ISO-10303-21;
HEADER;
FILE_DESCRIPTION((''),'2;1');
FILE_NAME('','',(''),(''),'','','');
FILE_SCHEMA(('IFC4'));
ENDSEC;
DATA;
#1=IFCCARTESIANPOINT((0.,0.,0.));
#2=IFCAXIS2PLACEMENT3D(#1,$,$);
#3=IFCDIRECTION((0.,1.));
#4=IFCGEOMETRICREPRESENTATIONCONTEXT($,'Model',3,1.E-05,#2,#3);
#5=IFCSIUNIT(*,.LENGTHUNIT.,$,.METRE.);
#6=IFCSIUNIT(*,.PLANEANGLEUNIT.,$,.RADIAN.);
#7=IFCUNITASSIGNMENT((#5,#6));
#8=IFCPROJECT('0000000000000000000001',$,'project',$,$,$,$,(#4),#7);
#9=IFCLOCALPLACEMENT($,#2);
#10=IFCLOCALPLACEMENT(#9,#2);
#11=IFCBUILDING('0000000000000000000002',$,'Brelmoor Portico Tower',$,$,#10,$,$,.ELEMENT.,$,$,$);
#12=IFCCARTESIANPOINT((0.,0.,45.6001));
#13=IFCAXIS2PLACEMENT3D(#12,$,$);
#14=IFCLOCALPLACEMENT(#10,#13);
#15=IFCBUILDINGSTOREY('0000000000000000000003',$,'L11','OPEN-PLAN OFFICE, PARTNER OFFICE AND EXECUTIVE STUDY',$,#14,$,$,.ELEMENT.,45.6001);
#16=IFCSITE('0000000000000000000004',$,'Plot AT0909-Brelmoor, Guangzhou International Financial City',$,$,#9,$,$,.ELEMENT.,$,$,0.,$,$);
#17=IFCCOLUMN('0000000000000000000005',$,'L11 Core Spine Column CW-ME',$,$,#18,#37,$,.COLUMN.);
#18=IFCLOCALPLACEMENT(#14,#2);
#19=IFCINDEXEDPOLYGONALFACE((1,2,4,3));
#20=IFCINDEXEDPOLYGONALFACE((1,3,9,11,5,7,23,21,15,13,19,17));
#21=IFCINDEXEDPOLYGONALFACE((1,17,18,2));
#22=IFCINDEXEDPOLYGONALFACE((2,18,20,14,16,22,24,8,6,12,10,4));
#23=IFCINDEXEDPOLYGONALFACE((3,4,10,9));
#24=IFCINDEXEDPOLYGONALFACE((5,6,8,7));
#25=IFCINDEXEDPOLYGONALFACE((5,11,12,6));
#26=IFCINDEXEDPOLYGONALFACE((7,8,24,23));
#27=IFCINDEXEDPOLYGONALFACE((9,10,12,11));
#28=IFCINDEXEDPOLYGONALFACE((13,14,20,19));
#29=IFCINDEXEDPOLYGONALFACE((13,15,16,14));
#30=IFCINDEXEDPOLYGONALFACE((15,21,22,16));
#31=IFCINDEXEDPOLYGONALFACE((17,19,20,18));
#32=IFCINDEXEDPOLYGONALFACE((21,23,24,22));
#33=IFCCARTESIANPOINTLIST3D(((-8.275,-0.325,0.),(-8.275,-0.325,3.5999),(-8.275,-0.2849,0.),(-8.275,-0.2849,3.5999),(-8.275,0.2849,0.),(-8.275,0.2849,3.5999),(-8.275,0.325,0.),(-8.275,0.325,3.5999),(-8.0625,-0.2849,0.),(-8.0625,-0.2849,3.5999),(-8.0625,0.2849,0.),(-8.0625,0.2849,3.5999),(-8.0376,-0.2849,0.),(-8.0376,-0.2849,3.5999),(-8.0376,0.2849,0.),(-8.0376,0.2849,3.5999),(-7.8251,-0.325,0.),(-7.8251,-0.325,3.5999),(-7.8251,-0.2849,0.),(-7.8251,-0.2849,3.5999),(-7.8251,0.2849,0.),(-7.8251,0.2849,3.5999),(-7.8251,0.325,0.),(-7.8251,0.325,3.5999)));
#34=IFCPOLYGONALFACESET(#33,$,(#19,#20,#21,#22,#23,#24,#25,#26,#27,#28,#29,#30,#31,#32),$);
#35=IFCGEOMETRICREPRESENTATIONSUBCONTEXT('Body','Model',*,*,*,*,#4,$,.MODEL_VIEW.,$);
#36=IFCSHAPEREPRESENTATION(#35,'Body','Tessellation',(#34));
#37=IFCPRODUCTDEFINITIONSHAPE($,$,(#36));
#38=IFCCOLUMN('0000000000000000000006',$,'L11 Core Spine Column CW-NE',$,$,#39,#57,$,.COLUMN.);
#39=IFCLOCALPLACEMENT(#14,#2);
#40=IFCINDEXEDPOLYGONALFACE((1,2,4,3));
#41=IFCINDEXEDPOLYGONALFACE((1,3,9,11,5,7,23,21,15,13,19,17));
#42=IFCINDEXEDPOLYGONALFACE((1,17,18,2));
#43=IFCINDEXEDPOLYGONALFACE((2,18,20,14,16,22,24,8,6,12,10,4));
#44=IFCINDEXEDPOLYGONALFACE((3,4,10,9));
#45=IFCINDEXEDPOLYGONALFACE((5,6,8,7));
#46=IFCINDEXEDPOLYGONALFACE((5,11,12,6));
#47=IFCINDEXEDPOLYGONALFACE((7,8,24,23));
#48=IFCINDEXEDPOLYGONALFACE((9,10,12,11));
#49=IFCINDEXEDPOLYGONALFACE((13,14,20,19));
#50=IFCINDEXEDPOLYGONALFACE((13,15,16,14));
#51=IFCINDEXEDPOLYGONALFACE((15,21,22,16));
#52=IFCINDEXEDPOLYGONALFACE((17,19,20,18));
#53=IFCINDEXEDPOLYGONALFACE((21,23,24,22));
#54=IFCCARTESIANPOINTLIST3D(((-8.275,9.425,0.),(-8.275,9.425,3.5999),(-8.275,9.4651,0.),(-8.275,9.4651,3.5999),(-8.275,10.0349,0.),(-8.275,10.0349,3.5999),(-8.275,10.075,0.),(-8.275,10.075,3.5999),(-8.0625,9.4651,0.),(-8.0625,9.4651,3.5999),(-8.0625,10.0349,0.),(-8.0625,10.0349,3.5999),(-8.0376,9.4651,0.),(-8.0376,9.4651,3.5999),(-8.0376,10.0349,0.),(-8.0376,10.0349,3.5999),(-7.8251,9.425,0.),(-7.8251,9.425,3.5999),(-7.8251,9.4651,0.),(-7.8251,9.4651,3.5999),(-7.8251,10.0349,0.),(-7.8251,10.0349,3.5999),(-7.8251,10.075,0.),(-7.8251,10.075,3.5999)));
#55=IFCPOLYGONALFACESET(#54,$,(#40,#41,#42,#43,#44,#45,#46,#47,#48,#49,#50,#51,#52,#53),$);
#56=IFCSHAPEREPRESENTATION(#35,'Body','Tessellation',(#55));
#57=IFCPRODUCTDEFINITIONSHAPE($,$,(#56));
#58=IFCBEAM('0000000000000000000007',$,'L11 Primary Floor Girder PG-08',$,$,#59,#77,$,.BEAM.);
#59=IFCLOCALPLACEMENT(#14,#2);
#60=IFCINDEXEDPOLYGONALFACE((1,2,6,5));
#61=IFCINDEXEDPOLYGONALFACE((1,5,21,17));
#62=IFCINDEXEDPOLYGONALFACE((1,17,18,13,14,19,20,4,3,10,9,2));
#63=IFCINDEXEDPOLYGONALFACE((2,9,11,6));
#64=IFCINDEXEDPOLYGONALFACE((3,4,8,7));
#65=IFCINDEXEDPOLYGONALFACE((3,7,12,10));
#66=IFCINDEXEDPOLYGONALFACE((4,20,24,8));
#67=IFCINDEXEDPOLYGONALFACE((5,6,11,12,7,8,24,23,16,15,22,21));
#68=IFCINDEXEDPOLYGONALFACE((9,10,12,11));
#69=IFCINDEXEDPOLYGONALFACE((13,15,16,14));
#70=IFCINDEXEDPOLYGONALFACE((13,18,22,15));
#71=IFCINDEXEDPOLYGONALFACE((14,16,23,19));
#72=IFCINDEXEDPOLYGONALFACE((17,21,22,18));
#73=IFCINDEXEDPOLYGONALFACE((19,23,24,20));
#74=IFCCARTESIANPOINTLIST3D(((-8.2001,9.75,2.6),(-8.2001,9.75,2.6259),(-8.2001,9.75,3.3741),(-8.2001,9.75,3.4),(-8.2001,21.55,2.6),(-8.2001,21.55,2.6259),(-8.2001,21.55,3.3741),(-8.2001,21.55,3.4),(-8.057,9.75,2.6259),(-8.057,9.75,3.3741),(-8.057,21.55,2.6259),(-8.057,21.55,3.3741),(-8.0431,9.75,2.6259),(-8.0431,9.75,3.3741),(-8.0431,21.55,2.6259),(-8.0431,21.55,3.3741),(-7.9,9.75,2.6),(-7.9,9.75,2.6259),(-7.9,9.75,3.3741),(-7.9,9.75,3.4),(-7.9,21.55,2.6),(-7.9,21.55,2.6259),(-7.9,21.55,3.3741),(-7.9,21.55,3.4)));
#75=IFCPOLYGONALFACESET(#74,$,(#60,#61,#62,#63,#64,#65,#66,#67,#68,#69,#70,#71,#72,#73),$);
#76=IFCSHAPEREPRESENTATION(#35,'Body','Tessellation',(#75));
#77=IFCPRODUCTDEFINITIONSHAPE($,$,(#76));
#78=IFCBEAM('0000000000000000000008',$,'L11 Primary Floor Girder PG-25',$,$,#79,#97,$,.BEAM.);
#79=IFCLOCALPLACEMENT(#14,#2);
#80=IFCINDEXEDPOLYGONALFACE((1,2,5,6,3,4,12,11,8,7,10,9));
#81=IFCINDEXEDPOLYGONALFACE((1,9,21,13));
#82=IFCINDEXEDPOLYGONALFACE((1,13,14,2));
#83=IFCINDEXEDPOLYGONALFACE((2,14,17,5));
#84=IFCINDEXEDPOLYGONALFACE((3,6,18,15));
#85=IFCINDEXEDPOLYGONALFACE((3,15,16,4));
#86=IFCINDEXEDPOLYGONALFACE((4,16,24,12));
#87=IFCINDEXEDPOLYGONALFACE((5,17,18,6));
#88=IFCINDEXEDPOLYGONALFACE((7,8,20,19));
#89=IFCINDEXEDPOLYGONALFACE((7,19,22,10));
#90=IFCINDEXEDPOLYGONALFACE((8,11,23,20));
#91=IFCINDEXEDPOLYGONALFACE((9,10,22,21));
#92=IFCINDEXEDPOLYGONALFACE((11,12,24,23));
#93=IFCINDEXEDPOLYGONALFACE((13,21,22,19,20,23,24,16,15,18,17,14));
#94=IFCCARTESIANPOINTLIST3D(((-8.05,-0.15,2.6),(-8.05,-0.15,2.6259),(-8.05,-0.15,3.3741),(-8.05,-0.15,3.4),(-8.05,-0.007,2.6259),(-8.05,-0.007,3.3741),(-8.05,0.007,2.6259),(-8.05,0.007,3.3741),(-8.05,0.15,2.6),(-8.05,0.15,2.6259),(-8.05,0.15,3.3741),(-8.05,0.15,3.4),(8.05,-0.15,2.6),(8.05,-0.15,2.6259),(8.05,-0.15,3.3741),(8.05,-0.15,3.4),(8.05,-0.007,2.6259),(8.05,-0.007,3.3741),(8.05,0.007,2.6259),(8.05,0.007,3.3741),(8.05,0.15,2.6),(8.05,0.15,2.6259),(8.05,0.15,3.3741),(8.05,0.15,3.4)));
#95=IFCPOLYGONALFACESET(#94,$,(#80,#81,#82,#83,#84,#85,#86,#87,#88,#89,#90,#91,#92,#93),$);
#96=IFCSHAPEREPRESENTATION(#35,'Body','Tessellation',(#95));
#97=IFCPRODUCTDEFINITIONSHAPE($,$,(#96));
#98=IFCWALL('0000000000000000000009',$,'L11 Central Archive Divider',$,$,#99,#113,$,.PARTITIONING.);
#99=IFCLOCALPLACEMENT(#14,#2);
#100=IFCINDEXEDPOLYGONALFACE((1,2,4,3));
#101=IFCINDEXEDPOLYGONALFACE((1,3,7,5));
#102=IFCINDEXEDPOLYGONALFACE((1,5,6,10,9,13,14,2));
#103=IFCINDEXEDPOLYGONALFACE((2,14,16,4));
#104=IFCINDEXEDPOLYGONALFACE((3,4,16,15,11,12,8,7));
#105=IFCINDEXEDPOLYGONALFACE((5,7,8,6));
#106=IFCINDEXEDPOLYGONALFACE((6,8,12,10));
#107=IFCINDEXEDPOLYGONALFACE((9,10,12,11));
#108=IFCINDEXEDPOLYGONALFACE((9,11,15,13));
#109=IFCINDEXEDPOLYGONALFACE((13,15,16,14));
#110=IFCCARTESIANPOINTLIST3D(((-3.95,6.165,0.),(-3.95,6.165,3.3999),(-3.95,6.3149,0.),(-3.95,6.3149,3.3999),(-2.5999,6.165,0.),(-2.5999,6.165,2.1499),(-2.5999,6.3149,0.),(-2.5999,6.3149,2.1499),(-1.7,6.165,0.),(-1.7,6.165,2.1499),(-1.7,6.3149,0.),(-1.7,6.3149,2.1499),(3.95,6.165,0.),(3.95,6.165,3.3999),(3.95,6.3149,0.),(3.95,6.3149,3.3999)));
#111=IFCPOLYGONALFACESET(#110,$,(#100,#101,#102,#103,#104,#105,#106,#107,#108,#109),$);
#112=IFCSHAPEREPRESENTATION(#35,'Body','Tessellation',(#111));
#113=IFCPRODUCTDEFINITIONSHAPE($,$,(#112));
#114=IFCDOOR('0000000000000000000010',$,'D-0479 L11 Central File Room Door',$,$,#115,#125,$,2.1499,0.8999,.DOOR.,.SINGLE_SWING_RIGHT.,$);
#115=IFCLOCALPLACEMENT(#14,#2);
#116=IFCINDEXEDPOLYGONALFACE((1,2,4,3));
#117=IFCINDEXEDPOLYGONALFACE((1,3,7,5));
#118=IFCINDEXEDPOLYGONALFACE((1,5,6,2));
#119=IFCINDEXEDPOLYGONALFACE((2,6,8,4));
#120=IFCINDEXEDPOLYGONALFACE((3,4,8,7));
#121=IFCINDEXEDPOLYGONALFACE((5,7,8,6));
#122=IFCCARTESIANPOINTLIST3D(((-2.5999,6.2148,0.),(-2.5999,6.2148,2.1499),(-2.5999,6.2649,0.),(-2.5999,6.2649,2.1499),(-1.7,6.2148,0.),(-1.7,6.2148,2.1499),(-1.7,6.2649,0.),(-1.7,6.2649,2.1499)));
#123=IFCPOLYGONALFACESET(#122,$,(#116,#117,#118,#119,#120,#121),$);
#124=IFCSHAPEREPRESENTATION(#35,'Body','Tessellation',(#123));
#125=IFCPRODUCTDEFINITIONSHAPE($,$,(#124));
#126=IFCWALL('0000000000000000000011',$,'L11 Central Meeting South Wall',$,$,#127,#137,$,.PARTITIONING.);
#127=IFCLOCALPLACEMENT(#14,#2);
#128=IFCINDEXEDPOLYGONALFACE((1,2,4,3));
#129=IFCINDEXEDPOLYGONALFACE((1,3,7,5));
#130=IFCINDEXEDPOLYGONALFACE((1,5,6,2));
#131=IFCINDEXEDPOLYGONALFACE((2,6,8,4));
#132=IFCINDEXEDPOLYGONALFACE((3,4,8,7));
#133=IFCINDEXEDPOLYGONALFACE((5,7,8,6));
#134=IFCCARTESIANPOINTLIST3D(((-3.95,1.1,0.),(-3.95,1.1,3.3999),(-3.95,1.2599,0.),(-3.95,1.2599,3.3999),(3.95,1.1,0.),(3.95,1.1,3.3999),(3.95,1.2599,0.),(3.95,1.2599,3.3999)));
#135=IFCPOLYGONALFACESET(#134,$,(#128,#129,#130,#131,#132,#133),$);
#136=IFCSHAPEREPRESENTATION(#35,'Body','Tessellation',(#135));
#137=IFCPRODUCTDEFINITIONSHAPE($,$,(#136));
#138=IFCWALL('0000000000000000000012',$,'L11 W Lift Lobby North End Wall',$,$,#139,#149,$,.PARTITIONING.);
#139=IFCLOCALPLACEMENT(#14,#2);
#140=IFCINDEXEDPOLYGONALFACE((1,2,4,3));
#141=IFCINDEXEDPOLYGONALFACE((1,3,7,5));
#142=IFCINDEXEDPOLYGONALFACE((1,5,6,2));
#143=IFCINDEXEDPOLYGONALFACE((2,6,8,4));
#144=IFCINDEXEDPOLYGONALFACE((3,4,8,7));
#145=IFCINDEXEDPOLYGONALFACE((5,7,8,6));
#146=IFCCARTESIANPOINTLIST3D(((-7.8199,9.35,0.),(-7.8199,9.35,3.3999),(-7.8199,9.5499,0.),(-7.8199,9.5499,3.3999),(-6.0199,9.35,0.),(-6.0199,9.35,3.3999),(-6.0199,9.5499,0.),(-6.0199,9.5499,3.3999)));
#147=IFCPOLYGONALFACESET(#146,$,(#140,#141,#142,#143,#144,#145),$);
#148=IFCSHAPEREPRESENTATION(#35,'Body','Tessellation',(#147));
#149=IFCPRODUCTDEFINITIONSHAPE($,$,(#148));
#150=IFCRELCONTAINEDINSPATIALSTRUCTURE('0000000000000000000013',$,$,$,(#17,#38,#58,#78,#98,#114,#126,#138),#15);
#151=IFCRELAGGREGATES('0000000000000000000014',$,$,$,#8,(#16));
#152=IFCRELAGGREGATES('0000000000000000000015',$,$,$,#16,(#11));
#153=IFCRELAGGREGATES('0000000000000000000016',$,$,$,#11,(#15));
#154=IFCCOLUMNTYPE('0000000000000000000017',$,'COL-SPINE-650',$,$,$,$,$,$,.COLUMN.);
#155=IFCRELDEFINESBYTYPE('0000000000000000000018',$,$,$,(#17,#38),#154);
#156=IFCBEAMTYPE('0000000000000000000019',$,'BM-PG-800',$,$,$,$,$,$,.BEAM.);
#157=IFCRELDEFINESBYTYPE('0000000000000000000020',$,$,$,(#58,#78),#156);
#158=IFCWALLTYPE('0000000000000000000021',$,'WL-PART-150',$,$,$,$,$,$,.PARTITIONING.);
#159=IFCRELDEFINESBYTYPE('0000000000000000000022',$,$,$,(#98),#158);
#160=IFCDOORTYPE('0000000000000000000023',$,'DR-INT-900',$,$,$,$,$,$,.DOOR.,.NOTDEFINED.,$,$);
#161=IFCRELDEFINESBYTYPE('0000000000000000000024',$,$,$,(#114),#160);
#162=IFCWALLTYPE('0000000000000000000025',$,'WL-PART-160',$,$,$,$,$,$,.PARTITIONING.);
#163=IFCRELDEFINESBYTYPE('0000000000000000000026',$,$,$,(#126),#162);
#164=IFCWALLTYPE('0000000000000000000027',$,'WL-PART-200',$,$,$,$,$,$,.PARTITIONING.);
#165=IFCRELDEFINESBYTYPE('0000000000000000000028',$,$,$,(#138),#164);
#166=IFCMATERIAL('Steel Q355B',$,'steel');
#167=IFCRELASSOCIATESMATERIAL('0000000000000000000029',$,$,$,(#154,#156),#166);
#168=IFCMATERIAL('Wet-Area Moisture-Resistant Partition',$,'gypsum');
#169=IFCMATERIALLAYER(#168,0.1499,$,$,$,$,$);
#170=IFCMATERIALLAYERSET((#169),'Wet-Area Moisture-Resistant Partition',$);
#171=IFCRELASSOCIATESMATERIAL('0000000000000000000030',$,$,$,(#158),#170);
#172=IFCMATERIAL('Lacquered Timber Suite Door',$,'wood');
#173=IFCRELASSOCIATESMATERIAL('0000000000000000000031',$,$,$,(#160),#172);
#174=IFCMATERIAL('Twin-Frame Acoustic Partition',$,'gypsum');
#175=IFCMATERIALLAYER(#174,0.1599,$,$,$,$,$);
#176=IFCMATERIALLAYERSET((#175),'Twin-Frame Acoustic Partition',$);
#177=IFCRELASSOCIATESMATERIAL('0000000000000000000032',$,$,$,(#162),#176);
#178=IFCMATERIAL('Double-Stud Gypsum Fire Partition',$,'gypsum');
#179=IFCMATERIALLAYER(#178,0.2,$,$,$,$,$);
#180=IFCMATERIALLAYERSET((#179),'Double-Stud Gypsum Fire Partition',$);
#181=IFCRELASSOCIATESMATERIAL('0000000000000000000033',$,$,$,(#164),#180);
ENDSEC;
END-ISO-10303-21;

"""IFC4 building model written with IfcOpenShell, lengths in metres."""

from ifc_helpers import new_model, si_unit, direction, frame, frame_2d, origin, origin_2d, place, context, subcontext, project, spatial, rectangle, i_section, extrude, material, layer, layer_set, material_profile, profile_set, type_object, element, fill, save


model = new_model("IFC4")

# Units and contexts
model_context = context("Model", 3, precision=1e-05, world=origin(), true_north=direction((0.0, 1.0)))
body_context = subcontext(model_context, "Body", "Model", "MODEL_VIEW")
ifc_project = project(units=[si_unit("LENGTHUNIT", "METRE"), si_unit("PLANEANGLEUNIT", "RADIAN")], contexts=[model_context])

# Site, building, storey
site_placement = place(None, origin())
site = spatial("IfcSite", under=ifc_project, at=site_placement, Name="Plot AT0909-Brelmoor, Guangzhou International Financial City", CompositionType="ELEMENT", RefElevation=0.0)
building_placement = place(site_placement, origin())
building = spatial("IfcBuilding", under=site, at=building_placement, Name="Brelmoor Portico Tower", CompositionType="ELEMENT")
storey_placement = place(building_placement, frame((0.0, 0.0, 45.6001)))
storey = spatial("IfcBuildingStorey", under=building, at=storey_placement, Name="L11", Description="OPEN-PLAN OFFICE, PARTNER OFFICE AND EXECUTIVE STUDY", CompositionType="ELEMENT", Elevation=45.6001)

# Columns
ifc_material_1 = material(Name="Steel Q355B", Category="steel")
ifc_material_profile_1 = material_profile(ifc_material_1, i_section(OverallWidth=0.45, OverallDepth=0.6499, WebThickness=0.0249, FlangeThickness=0.04, at=origin_2d()), Name="HW 650x450x25x40")
ifc_profile_set_1 = profile_set([ifc_material_profile_1], Name="Steel Q355B")
column_type = type_object("IfcColumnType", Name="COL-SPINE-650", PredefinedType="COLUMN", material=ifc_profile_set_1)
for number, where, z_axis, x_axis, name in (
    (1, (-8.05, 0.0, 0.0), (0.0, 0.0, 1.0), (1.0, 0.0, 0.0), "L11 Core Spine Column CW-ME"),
    (2, (-8.05, 9.75, 0.0), (0.0, 0.0, 1.0), (1.0, 0.0, 0.0), "L11 Core Spine Column CW-NE"),
):
    element("IfcColumn", number, at=place(storey_placement, frame(where, z_axis=z_axis, x_axis=x_axis)), inside=storey, type_object=column_type, Name=name, PredefinedType="COLUMN", context=body_context, shape_type="SweptSolid", body=[
        extrude(i_section(OverallWidth=0.45, OverallDepth=0.6499, WebThickness=0.0249, FlangeThickness=0.04, at=origin_2d()), origin(), (0.0, 0.0, 1.0), 3.5999),
    ])

# Beams
ifc_material_profile_2 = material_profile(ifc_material_1, i_section(OverallWidth=0.3, OverallDepth=0.8, WebThickness=0.0139, FlangeThickness=0.0259, at=origin_2d()), Name="HN 800x300x14x26")
ifc_profile_set_2 = profile_set([ifc_material_profile_2], Name="Steel Q355B")
beam_type = type_object("IfcBeamType", Name="BM-PG-800", PredefinedType="BEAM", material=ifc_profile_set_2)
beam_1_placement = place(storey_placement, frame((-8.05, 9.75, 3.0), z_axis=(0.0, 1.0, 0.0), x_axis=(-1.0, 0.0, 0.0)))
element("IfcBeam", 3, at=beam_1_placement, inside=storey, type_object=beam_type, Name="L11 Primary Floor Girder PG-08", PredefinedType="BEAM", context=body_context, shape_type="SweptSolid", body=[
    extrude(i_section(OverallWidth=0.3, OverallDepth=0.8, WebThickness=0.0139, FlangeThickness=0.0259, at=origin_2d()), origin(), (0.0, 0.0, 1.0), 11.8),
])
beam_2_placement = place(storey_placement, frame((-8.05, 0.0, 3.0), z_axis=(1.0, 0.0, 0.0), x_axis=(0.0, 1.0, 0.0)))
element("IfcBeam", 4, at=beam_2_placement, inside=storey, type_object=beam_type, Name="L11 Primary Floor Girder PG-25", PredefinedType="BEAM", context=body_context, shape_type="SweptSolid", body=[
    extrude(i_section(OverallWidth=0.3, OverallDepth=0.8, WebThickness=0.0139, FlangeThickness=0.0259, at=origin_2d()), origin(), (0.0, 0.0, 1.0), 16.1001),
])

# Wall, opening, door
ifc_material_2 = material(Name="Wet-Area Moisture-Resistant Partition", Category="gypsum")
ifc_layer_1 = layer(ifc_material_2, 0.1499)
ifc_layer_set_1 = layer_set([ifc_layer_1], Name="Wet-Area Moisture-Resistant Partition")
wall_type_1 = type_object("IfcWallType", Name="WL-PART-150", PredefinedType="PARTITIONING", material=ifc_layer_set_1)
wall_1_placement = place(storey_placement, frame((-3.95, 6.24, 0.0), z_axis=(0.0, 0.0, 1.0), x_axis=(1.0, 0.0, 0.0)))
wall_1 = element("IfcWall", 5, at=wall_1_placement, inside=storey, type_object=wall_type_1, Name="L11 Central Archive Divider", PredefinedType="PARTITIONING", context=body_context, shape_type="SweptSolid", body=[
    extrude(rectangle(XDim=7.8999, YDim=0.1499, at=frame_2d((3.95, 0.0))), origin(), (0.0, 0.0, 1.0), 3.3999),
])
opening_1_placement = place(wall_1_placement, frame((1.3501, 0.0, 0.0)))
opening_1 = element("IfcOpeningElement", 6, at=opening_1_placement, cuts=wall_1, PredefinedType="OPENING", context=body_context, shape_type="SweptSolid", body=[
    extrude(rectangle(XDim=0.8999, YDim=2.1499, at=frame_2d((0.45, 1.075))), frame((0.0, 0.085, 0.0), z_axis=(0.0, -1.0, 0.0), x_axis=(1.0, 0.0, 0.0)), (0.0, 0.0, 1.0), 0.1699),
])
ifc_material_3 = material(Name="Lacquered Timber Suite Door", Category="wood")
door_type_1 = type_object("IfcDoorType", Name="DR-INT-900", OperationType="NOTDEFINED", PredefinedType="DOOR", material=ifc_material_3)
door_1_placement = place(opening_1_placement, origin())
door_1 = element("IfcDoor", 7, at=door_1_placement, inside=storey, type_object=door_type_1, Name="D-0479 L11 Central File Room Door", OperationType="SINGLE_SWING_RIGHT", OverallHeight=2.1499, OverallWidth=0.8999, PredefinedType="DOOR", context=body_context, shape_type="SweptSolid", body=[
    extrude(rectangle(XDim=0.8999, YDim=2.1499, at=frame_2d((0.45, 1.075))), frame((0.0, 0.0249, 0.0), z_axis=(0.0, -1.0, 0.0), x_axis=(1.0, 0.0, 0.0)), (0.0, 0.0, 1.0), 0.05),
])
fill(opening_1, door_1)

# Walls
ifc_material_4 = material(Name="Twin-Frame Acoustic Partition", Category="gypsum")
ifc_layer_2 = layer(ifc_material_4, 0.1599)
ifc_layer_set_2 = layer_set([ifc_layer_2], Name="Twin-Frame Acoustic Partition")
wall_type_2 = type_object("IfcWallType", Name="WL-PART-160", PredefinedType="PARTITIONING", material=ifc_layer_set_2)
wall_2_placement = place(storey_placement, frame((-3.95, 1.1799, 0.0), z_axis=(0.0, 0.0, 1.0), x_axis=(1.0, 0.0, 0.0)))
element("IfcWall", 8, at=wall_2_placement, inside=storey, type_object=wall_type_2, Name="L11 Central Meeting South Wall", PredefinedType="PARTITIONING", context=body_context, shape_type="SweptSolid", body=[
    extrude(rectangle(XDim=7.8999, YDim=0.1599, at=frame_2d((3.95, 0.0))), origin(), (0.0, 0.0, 1.0), 3.3999),
])
ifc_material_5 = material(Name="Double-Stud Gypsum Fire Partition", Category="gypsum")
ifc_layer_3 = layer(ifc_material_5, 0.2)
ifc_layer_set_3 = layer_set([ifc_layer_3], Name="Double-Stud Gypsum Fire Partition")
wall_type_3 = type_object("IfcWallType", Name="WL-PART-200", PredefinedType="PARTITIONING", material=ifc_layer_set_3)
wall_3_placement = place(storey_placement, frame((-6.02, 9.45, 0.0), z_axis=(0.0, 0.0, 1.0), x_axis=(-1.0, 0.0, 0.0)))
element("IfcWall", 9, at=wall_3_placement, inside=storey, type_object=wall_type_3, Name="L11 W Lift Lobby North End Wall", PredefinedType="PARTITIONING", context=body_context, shape_type="SweptSolid", body=[
    extrude(rectangle(XDim=1.8, YDim=0.2, at=frame_2d((0.8999, 0.0))), origin(), (0.0, 0.0, 1.0), 3.3999),
])

save(model, "model.ifc")
